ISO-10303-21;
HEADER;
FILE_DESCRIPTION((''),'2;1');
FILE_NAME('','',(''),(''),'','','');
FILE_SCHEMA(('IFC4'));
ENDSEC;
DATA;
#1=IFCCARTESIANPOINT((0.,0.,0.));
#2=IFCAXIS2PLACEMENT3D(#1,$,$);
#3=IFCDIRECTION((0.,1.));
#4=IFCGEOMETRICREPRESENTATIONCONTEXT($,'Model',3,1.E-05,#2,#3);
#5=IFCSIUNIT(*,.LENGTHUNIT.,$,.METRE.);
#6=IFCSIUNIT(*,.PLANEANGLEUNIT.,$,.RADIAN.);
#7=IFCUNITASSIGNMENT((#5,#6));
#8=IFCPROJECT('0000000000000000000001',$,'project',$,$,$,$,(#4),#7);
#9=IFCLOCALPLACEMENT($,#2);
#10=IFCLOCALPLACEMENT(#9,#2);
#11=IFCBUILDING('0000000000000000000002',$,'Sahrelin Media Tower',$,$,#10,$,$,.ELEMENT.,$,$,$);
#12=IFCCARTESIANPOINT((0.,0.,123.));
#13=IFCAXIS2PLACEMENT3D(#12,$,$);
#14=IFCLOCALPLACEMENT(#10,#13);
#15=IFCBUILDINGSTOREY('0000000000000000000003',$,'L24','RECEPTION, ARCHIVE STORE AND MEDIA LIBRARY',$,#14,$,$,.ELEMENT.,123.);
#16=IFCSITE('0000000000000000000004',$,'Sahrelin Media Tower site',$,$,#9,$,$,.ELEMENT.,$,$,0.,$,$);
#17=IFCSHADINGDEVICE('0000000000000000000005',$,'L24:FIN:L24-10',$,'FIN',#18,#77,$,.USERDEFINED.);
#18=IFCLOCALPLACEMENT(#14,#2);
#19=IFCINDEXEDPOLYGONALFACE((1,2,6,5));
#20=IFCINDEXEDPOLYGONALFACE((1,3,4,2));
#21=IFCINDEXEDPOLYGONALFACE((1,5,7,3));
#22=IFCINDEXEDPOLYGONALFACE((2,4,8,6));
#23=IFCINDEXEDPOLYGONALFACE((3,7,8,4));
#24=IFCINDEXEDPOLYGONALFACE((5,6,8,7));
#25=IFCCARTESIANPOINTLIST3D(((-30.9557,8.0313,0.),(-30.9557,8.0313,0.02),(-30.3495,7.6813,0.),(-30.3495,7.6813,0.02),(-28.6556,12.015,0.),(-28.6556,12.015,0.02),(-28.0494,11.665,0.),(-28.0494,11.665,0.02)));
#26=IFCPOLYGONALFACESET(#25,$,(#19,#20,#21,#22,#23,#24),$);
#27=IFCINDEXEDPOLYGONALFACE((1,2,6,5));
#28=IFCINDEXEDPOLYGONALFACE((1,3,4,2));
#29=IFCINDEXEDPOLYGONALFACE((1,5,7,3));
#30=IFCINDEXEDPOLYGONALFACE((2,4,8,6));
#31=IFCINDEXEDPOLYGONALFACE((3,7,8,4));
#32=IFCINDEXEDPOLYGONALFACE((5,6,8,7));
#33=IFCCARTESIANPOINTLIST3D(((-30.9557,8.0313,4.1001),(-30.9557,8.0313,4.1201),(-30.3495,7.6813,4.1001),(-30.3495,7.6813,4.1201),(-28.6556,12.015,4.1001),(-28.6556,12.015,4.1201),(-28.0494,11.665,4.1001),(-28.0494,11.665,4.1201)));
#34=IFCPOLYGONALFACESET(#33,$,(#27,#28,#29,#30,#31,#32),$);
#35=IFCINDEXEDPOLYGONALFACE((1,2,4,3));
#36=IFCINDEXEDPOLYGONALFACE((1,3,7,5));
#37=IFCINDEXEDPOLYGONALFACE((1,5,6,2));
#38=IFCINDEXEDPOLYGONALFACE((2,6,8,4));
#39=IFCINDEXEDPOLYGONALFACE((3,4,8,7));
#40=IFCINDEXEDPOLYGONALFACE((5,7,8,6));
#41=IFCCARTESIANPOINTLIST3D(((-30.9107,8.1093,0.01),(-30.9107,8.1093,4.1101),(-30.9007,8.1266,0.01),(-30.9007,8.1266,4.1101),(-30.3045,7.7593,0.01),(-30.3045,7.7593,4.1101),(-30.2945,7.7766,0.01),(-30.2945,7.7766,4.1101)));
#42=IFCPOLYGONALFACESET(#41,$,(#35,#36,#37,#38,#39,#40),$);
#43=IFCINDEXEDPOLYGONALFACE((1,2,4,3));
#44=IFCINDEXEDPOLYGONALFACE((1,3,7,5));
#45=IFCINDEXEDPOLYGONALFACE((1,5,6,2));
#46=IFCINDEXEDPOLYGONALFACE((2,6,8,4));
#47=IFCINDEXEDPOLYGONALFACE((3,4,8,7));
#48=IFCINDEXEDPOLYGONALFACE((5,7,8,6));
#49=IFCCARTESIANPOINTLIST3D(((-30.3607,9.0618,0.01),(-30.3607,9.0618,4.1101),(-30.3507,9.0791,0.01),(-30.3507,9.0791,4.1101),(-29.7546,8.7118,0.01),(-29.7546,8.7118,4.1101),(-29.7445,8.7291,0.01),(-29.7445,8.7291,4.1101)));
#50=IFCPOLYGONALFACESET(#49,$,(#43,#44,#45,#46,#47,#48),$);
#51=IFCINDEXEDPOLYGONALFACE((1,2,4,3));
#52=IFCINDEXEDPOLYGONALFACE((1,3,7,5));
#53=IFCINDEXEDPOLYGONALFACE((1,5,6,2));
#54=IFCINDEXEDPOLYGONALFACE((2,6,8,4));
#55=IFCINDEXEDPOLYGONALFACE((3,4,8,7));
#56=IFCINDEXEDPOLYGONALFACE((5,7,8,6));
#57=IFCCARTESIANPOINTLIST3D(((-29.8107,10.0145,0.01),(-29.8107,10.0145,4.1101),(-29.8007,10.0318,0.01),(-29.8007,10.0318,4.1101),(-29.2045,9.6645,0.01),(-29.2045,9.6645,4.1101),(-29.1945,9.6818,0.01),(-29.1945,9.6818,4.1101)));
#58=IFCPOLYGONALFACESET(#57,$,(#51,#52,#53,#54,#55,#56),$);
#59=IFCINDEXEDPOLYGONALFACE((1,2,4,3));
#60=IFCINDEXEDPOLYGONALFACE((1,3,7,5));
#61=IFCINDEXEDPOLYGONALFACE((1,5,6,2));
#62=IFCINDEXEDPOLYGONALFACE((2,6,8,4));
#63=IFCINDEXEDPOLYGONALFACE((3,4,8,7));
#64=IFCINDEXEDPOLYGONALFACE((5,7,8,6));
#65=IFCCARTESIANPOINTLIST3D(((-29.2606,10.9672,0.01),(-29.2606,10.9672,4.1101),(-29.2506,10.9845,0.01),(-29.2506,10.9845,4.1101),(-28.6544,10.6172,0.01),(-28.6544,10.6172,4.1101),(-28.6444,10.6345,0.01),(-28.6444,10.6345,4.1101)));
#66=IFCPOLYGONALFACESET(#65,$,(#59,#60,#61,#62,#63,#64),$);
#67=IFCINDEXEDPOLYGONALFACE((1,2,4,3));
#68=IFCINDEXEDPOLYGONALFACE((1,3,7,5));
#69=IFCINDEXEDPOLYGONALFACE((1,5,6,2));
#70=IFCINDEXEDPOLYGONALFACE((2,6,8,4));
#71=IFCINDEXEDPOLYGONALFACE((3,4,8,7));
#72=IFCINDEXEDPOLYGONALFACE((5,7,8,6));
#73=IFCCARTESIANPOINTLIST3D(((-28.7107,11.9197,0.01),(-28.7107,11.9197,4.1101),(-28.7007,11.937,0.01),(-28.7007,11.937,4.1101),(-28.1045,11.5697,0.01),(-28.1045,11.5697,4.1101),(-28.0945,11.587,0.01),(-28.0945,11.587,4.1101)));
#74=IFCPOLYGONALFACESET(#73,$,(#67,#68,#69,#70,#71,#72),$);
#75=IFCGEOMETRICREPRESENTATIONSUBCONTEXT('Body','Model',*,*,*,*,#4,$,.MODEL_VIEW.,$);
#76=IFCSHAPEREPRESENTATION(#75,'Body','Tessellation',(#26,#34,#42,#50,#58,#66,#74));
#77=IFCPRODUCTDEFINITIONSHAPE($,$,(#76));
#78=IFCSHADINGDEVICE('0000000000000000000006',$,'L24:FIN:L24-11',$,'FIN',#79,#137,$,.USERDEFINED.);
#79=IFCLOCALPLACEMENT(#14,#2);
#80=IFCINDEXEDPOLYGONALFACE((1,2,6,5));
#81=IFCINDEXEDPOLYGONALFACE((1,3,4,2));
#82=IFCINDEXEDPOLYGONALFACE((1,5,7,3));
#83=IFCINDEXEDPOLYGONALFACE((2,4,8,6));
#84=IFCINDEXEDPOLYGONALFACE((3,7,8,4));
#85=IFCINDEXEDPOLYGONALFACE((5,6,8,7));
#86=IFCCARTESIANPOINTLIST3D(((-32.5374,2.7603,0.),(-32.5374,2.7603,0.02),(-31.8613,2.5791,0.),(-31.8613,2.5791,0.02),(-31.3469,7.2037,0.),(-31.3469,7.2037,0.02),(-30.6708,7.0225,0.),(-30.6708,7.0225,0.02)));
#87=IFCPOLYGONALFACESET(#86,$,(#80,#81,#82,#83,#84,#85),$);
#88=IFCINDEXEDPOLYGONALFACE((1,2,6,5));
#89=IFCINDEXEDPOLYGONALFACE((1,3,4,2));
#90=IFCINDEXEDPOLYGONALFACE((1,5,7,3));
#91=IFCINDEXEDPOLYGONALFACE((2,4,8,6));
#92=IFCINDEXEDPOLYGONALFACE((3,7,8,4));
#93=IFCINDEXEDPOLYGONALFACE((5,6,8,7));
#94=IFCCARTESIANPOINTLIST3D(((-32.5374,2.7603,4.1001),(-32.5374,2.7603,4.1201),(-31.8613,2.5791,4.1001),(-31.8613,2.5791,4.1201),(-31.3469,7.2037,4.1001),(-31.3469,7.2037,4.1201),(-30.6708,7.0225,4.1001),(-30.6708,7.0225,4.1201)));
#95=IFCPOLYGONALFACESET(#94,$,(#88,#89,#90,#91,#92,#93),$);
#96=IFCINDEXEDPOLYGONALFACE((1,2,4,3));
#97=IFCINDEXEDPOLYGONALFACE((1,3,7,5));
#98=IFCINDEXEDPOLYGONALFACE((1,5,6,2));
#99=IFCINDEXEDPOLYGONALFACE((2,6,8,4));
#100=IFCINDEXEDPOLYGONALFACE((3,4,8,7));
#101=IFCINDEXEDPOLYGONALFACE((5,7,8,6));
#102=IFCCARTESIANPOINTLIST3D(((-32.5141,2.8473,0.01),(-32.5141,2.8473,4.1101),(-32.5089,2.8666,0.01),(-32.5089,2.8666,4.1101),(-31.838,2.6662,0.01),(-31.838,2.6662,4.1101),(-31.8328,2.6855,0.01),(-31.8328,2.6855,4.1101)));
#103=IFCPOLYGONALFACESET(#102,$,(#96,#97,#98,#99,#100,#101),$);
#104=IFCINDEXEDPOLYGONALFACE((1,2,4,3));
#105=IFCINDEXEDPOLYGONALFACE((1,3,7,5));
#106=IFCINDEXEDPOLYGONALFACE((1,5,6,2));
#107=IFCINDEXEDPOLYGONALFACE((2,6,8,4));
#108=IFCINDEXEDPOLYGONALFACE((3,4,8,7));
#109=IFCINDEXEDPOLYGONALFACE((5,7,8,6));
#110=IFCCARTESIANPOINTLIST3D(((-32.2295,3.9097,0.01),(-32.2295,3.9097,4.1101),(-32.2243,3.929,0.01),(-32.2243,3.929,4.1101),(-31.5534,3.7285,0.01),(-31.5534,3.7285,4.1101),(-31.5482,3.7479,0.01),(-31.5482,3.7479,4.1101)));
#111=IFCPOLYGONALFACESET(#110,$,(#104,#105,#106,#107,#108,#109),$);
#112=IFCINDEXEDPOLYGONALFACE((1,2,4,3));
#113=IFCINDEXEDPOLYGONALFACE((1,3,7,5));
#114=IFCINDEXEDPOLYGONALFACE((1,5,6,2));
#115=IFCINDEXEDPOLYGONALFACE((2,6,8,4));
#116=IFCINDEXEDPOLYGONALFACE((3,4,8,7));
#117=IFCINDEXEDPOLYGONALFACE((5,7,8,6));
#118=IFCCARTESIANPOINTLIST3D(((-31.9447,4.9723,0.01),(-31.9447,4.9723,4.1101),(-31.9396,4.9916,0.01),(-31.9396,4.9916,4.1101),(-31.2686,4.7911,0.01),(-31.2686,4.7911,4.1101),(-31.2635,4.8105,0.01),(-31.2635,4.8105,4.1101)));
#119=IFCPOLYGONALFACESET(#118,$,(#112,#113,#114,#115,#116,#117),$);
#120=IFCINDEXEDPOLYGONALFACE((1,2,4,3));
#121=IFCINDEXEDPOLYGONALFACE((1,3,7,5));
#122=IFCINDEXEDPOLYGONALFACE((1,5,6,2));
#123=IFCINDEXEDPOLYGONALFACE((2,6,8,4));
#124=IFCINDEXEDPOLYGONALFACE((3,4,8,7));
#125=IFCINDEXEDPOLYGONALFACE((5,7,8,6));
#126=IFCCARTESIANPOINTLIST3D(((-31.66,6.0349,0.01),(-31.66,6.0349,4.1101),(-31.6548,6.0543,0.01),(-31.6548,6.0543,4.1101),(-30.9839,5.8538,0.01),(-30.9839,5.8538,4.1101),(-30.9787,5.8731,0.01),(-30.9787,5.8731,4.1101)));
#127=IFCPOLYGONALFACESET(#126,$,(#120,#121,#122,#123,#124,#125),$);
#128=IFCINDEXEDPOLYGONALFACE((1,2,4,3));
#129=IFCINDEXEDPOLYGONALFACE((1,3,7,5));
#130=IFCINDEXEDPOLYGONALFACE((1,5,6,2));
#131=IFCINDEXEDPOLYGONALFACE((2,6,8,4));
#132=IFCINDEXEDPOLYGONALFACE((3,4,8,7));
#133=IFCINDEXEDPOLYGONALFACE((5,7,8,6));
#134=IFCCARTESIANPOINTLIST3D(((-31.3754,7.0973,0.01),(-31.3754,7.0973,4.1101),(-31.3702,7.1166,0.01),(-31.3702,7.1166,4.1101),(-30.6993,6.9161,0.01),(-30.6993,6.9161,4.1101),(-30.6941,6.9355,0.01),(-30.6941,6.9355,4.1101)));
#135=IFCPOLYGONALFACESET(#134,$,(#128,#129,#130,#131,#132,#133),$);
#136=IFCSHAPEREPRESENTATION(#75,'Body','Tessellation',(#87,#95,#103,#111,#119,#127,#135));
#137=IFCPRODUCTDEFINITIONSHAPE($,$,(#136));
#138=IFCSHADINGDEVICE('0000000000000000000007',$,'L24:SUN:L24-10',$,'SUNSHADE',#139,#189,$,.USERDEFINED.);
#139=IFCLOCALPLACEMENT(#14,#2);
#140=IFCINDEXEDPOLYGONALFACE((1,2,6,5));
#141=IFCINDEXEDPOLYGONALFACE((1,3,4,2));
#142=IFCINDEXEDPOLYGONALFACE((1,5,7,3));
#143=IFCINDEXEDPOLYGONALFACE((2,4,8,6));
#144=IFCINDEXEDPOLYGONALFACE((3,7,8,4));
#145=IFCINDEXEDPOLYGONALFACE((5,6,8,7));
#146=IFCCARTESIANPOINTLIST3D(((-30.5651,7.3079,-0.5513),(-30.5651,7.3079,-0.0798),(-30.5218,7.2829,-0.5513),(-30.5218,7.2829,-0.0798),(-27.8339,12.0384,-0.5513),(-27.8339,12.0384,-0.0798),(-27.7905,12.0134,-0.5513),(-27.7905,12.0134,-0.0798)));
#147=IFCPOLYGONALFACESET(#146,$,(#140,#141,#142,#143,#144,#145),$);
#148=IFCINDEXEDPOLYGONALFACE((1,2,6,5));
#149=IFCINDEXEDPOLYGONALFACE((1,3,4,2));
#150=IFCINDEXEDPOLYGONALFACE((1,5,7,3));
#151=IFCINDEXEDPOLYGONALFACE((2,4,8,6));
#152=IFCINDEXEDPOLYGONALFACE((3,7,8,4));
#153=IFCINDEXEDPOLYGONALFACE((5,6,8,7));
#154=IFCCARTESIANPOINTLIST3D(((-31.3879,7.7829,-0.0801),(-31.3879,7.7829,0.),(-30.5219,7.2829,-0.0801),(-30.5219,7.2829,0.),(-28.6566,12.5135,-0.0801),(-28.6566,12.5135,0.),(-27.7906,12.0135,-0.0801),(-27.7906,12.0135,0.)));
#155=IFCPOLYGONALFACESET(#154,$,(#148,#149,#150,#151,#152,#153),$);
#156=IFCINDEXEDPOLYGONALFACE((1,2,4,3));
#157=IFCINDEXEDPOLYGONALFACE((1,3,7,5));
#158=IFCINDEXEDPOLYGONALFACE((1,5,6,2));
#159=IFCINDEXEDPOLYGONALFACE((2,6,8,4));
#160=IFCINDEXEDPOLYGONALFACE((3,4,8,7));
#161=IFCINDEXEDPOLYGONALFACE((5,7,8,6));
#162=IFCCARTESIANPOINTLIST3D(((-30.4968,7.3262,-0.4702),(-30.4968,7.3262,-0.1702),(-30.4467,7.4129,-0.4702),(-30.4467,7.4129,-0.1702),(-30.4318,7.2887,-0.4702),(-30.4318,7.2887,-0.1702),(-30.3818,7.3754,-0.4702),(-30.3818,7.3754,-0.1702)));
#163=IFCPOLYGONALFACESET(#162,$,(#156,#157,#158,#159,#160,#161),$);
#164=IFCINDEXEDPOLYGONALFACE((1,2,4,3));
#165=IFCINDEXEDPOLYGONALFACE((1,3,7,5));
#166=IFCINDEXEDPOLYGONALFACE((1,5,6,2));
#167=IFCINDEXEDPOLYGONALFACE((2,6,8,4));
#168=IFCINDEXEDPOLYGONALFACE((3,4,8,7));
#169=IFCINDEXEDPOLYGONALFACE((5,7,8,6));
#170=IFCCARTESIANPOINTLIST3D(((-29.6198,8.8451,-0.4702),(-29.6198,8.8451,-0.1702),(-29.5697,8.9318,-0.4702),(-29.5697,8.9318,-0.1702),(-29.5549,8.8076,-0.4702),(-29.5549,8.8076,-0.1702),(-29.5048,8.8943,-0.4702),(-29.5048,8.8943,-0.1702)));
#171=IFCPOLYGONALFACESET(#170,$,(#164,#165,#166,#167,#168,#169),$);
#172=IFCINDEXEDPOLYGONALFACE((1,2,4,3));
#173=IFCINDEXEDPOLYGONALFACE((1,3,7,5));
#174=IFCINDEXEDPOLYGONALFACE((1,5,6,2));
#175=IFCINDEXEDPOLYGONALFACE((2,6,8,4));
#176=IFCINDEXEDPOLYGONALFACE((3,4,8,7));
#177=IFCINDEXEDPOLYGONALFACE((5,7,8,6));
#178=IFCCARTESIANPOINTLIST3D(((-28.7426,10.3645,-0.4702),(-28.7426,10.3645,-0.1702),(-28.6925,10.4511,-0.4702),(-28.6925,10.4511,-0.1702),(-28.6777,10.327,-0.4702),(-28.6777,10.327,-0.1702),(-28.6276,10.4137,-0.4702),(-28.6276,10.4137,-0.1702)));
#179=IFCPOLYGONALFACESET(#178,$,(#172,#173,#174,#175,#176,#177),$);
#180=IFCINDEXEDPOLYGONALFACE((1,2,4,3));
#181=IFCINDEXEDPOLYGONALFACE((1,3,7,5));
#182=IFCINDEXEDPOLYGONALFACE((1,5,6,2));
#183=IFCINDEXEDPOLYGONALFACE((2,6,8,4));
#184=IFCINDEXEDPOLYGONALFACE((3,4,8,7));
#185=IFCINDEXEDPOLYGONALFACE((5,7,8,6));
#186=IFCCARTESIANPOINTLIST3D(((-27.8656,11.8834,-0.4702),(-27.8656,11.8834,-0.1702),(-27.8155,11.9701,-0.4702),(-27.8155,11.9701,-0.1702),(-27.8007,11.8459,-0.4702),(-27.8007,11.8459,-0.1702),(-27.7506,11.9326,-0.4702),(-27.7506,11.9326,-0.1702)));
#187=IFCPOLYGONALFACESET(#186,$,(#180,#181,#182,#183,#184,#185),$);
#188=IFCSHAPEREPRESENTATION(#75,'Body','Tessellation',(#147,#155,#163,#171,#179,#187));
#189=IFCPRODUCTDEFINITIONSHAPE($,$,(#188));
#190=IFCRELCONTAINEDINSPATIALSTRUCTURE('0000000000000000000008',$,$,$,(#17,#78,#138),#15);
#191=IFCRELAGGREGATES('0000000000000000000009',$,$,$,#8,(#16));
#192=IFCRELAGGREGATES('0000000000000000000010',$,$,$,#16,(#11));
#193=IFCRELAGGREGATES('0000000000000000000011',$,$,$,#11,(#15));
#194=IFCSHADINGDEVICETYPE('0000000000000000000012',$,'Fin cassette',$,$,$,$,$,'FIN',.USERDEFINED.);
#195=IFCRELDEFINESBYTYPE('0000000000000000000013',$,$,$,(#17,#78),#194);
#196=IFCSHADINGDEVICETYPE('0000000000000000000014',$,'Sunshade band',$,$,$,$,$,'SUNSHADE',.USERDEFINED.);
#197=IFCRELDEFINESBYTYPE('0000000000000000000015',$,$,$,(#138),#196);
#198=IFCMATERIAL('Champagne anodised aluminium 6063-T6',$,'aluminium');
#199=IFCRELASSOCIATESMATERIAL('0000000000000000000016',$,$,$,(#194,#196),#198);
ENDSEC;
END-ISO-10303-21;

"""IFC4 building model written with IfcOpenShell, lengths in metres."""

from ifc_helpers import new_model, si_unit, direction, frame, origin, origin_2d, place, context, subcontext, project, spatial, rectangle, extrude, material, type_object, element, save


model = new_model("IFC4")

# Units and contexts
model_context = context("Model", 3, precision=1e-05, world=origin(), true_north=direction((0.0, 1.0)))
body_context = subcontext(model_context, "Body", "Model", "MODEL_VIEW")
ifc_project = project(units=[si_unit("LENGTHUNIT", "METRE"), si_unit("PLANEANGLEUNIT", "RADIAN")], contexts=[model_context])

# Site, building, storey
site_placement = place(None, origin())
site = spatial("IfcSite", under=ifc_project, at=site_placement, Name="Sahrelin Media Tower site", CompositionType="ELEMENT", RefElevation=0.0)
building_placement = place(site_placement, origin())
building = spatial("IfcBuilding", under=site, at=building_placement, Name="Sahrelin Media Tower", CompositionType="ELEMENT")
storey_placement = place(building_placement, frame((0.0, 0.0, 123.0)))
storey = spatial("IfcBuildingStorey", under=building, at=storey_placement, Name="L24", Description="RECEPTION, ARCHIVE STORE AND MEDIA LIBRARY", CompositionType="ELEMENT", Elevation=123.0)

# Shared definitions
ifc_material_1 = material(Name="Champagne anodised aluminium 6063-T6", Category="aluminium")

# Shading devices
shading_device_type_1 = type_object("IfcShadingDeviceType", Name="Fin cassette", ElementType="FIN", PredefinedType="USERDEFINED", material=ifc_material_1)
placement_1 = place(storey_placement, frame((-29.1389, 9.6382, 0.0), z_axis=(0.0, 0.0, 1.0), x_axis=(0.500011, 0.866019, 0.0)))
element("IfcShadingDevice", 1, at=placement_1, inside=storey, type_object=shading_device_type_1, Name="L24:FIN:L24-10", ObjectType="FIN", PredefinedType="USERDEFINED", context=body_context, shape_type="SweptSolid", body=[
    extrude(rectangle(XDim=4.6001, YDim=0.7, at=origin_2d()), frame((0.0, 0.4199, 0.0)), (0.0, 0.0, 1.0), 0.02),
    extrude(rectangle(XDim=4.6001, YDim=0.7, at=origin_2d()), frame((0.0, 0.4199, 4.1001)), (0.0, 0.0, 1.0), 0.02),
    extrude(rectangle(XDim=0.02, YDim=0.7, at=origin_2d()), frame((-2.2, 0.4199, 0.01), z_axis=(0.0, 0.0, 1.0), x_axis=(1.0, 0.0, 0.0)), (0.0, 0.0, 1.0), 4.1001),
    extrude(rectangle(XDim=0.02, YDim=0.7, at=origin_2d()), frame((-1.1001, 0.4199, 0.01), z_axis=(0.0, 0.0, 1.0), x_axis=(1.0, 0.0, 0.0)), (0.0, 0.0, 1.0), 4.1001),
    extrude(rectangle(XDim=0.02, YDim=0.7, at=origin_2d()), frame((0.0, 0.4199, 0.01), z_axis=(0.0, 0.0, 1.0), x_axis=(1.0, 0.0, 0.0)), (0.0, 0.0, 1.0), 4.1001),
    extrude(rectangle(XDim=0.02, YDim=0.7, at=origin_2d()), frame((1.1001, 0.4199, 0.01), z_axis=(0.0, 0.0, 1.0), x_axis=(1.0, 0.0, 0.0)), (0.0, 0.0, 1.0), 4.1001),
    extrude(rectangle(XDim=0.02, YDim=0.7, at=origin_2d()), frame((2.2, 0.4199, 0.01), z_axis=(0.0, 0.0, 1.0), x_axis=(1.0, 0.0, 0.0)), (0.0, 0.0, 1.0), 4.1001),
])
placement_2 = place(storey_placement, frame((-31.1985, 4.7827, 0.0), z_axis=(0.0, 0.0, 1.0), x_axis=(0.258808, 0.965929, 0.0)))
element("IfcShadingDevice", 2, at=placement_2, inside=storey, type_object=shading_device_type_1, Name="L24:FIN:L24-11", ObjectType="FIN", PredefinedType="USERDEFINED", context=body_context, shape_type="SweptSolid", body=[
    extrude(rectangle(XDim=4.6001, YDim=0.7, at=origin_2d()), frame((0.0, 0.4199, 0.0)), (0.0, 0.0, 1.0), 0.02),
    extrude(rectangle(XDim=4.6001, YDim=0.7, at=origin_2d()), frame((0.0, 0.4199, 4.1001)), (0.0, 0.0, 1.0), 0.02),
    extrude(rectangle(XDim=0.02, YDim=0.7, at=origin_2d()), frame((-2.2, 0.4199, 0.01), z_axis=(0.0, 0.0, 1.0), x_axis=(1.0, 0.0, 0.0)), (0.0, 0.0, 1.0), 4.1001),
    extrude(rectangle(XDim=0.02, YDim=0.7, at=origin_2d()), frame((-1.1001, 0.4199, 0.01), z_axis=(0.0, 0.0, 1.0), x_axis=(1.0, 0.0, 0.0)), (0.0, 0.0, 1.0), 4.1001),
    extrude(rectangle(XDim=0.02, YDim=0.7, at=origin_2d()), frame((0.0, 0.4199, 0.01), z_axis=(0.0, 0.0, 1.0), x_axis=(1.0, 0.0, 0.0)), (0.0, 0.0, 1.0), 4.1001),
    extrude(rectangle(XDim=0.02, YDim=0.7, at=origin_2d()), frame((1.1001, 0.4199, 0.01), z_axis=(0.0, 0.0, 1.0), x_axis=(1.0, 0.0, 0.0)), (0.0, 0.0, 1.0), 4.1001),
    extrude(rectangle(XDim=0.02, YDim=0.7, at=origin_2d()), frame((2.2, 0.4199, 0.01), z_axis=(0.0, 0.0, 1.0), x_axis=(1.0, 0.0, 0.0)), (0.0, 0.0, 1.0), 4.1001),
])
shading_device_type_2 = type_object("IfcShadingDeviceType", Name="Sunshade band", ElementType="SUNSHADE", PredefinedType="USERDEFINED", material=ifc_material_1)
element("IfcShadingDevice", 3, at=placement_1, inside=storey, type_object=shading_device_type_2, Name="L24:SUN:L24-10", ObjectType="SUNSHADE", PredefinedType="USERDEFINED", context=body_context, shape_type="SweptSolid", body=[
    extrude(rectangle(XDim=5.4624, YDim=0.05, at=origin_2d()), frame((0.0, 0.0449, -0.5513)), (0.0, 0.0, 1.0), 0.4714),
    extrude(rectangle(XDim=5.4624, YDim=1.0, at=origin_2d()), frame((0.0, 0.52, -0.0801)), (0.0, 0.0, 1.0), 0.0801),
    extrude(rectangle(XDim=0.1001, YDim=0.075, at=origin_2d()), frame((-2.6311, -0.0176, -0.4702)), (0.0, 0.0, 1.0), 0.3),
    extrude(rectangle(XDim=0.1001, YDim=0.075, at=origin_2d()), frame((-0.8772, -0.0176, -0.4702)), (0.0, 0.0, 1.0), 0.3),
    extrude(rectangle(XDim=0.1001, YDim=0.075, at=origin_2d()), frame((0.8772, -0.0176, -0.4702)), (0.0, 0.0, 1.0), 0.3),
    extrude(rectangle(XDim=0.1001, YDim=0.075, at=origin_2d()), frame((2.6311, -0.0176, -0.4702)), (0.0, 0.0, 1.0), 0.3),
])

save(model, "model.ifc")
